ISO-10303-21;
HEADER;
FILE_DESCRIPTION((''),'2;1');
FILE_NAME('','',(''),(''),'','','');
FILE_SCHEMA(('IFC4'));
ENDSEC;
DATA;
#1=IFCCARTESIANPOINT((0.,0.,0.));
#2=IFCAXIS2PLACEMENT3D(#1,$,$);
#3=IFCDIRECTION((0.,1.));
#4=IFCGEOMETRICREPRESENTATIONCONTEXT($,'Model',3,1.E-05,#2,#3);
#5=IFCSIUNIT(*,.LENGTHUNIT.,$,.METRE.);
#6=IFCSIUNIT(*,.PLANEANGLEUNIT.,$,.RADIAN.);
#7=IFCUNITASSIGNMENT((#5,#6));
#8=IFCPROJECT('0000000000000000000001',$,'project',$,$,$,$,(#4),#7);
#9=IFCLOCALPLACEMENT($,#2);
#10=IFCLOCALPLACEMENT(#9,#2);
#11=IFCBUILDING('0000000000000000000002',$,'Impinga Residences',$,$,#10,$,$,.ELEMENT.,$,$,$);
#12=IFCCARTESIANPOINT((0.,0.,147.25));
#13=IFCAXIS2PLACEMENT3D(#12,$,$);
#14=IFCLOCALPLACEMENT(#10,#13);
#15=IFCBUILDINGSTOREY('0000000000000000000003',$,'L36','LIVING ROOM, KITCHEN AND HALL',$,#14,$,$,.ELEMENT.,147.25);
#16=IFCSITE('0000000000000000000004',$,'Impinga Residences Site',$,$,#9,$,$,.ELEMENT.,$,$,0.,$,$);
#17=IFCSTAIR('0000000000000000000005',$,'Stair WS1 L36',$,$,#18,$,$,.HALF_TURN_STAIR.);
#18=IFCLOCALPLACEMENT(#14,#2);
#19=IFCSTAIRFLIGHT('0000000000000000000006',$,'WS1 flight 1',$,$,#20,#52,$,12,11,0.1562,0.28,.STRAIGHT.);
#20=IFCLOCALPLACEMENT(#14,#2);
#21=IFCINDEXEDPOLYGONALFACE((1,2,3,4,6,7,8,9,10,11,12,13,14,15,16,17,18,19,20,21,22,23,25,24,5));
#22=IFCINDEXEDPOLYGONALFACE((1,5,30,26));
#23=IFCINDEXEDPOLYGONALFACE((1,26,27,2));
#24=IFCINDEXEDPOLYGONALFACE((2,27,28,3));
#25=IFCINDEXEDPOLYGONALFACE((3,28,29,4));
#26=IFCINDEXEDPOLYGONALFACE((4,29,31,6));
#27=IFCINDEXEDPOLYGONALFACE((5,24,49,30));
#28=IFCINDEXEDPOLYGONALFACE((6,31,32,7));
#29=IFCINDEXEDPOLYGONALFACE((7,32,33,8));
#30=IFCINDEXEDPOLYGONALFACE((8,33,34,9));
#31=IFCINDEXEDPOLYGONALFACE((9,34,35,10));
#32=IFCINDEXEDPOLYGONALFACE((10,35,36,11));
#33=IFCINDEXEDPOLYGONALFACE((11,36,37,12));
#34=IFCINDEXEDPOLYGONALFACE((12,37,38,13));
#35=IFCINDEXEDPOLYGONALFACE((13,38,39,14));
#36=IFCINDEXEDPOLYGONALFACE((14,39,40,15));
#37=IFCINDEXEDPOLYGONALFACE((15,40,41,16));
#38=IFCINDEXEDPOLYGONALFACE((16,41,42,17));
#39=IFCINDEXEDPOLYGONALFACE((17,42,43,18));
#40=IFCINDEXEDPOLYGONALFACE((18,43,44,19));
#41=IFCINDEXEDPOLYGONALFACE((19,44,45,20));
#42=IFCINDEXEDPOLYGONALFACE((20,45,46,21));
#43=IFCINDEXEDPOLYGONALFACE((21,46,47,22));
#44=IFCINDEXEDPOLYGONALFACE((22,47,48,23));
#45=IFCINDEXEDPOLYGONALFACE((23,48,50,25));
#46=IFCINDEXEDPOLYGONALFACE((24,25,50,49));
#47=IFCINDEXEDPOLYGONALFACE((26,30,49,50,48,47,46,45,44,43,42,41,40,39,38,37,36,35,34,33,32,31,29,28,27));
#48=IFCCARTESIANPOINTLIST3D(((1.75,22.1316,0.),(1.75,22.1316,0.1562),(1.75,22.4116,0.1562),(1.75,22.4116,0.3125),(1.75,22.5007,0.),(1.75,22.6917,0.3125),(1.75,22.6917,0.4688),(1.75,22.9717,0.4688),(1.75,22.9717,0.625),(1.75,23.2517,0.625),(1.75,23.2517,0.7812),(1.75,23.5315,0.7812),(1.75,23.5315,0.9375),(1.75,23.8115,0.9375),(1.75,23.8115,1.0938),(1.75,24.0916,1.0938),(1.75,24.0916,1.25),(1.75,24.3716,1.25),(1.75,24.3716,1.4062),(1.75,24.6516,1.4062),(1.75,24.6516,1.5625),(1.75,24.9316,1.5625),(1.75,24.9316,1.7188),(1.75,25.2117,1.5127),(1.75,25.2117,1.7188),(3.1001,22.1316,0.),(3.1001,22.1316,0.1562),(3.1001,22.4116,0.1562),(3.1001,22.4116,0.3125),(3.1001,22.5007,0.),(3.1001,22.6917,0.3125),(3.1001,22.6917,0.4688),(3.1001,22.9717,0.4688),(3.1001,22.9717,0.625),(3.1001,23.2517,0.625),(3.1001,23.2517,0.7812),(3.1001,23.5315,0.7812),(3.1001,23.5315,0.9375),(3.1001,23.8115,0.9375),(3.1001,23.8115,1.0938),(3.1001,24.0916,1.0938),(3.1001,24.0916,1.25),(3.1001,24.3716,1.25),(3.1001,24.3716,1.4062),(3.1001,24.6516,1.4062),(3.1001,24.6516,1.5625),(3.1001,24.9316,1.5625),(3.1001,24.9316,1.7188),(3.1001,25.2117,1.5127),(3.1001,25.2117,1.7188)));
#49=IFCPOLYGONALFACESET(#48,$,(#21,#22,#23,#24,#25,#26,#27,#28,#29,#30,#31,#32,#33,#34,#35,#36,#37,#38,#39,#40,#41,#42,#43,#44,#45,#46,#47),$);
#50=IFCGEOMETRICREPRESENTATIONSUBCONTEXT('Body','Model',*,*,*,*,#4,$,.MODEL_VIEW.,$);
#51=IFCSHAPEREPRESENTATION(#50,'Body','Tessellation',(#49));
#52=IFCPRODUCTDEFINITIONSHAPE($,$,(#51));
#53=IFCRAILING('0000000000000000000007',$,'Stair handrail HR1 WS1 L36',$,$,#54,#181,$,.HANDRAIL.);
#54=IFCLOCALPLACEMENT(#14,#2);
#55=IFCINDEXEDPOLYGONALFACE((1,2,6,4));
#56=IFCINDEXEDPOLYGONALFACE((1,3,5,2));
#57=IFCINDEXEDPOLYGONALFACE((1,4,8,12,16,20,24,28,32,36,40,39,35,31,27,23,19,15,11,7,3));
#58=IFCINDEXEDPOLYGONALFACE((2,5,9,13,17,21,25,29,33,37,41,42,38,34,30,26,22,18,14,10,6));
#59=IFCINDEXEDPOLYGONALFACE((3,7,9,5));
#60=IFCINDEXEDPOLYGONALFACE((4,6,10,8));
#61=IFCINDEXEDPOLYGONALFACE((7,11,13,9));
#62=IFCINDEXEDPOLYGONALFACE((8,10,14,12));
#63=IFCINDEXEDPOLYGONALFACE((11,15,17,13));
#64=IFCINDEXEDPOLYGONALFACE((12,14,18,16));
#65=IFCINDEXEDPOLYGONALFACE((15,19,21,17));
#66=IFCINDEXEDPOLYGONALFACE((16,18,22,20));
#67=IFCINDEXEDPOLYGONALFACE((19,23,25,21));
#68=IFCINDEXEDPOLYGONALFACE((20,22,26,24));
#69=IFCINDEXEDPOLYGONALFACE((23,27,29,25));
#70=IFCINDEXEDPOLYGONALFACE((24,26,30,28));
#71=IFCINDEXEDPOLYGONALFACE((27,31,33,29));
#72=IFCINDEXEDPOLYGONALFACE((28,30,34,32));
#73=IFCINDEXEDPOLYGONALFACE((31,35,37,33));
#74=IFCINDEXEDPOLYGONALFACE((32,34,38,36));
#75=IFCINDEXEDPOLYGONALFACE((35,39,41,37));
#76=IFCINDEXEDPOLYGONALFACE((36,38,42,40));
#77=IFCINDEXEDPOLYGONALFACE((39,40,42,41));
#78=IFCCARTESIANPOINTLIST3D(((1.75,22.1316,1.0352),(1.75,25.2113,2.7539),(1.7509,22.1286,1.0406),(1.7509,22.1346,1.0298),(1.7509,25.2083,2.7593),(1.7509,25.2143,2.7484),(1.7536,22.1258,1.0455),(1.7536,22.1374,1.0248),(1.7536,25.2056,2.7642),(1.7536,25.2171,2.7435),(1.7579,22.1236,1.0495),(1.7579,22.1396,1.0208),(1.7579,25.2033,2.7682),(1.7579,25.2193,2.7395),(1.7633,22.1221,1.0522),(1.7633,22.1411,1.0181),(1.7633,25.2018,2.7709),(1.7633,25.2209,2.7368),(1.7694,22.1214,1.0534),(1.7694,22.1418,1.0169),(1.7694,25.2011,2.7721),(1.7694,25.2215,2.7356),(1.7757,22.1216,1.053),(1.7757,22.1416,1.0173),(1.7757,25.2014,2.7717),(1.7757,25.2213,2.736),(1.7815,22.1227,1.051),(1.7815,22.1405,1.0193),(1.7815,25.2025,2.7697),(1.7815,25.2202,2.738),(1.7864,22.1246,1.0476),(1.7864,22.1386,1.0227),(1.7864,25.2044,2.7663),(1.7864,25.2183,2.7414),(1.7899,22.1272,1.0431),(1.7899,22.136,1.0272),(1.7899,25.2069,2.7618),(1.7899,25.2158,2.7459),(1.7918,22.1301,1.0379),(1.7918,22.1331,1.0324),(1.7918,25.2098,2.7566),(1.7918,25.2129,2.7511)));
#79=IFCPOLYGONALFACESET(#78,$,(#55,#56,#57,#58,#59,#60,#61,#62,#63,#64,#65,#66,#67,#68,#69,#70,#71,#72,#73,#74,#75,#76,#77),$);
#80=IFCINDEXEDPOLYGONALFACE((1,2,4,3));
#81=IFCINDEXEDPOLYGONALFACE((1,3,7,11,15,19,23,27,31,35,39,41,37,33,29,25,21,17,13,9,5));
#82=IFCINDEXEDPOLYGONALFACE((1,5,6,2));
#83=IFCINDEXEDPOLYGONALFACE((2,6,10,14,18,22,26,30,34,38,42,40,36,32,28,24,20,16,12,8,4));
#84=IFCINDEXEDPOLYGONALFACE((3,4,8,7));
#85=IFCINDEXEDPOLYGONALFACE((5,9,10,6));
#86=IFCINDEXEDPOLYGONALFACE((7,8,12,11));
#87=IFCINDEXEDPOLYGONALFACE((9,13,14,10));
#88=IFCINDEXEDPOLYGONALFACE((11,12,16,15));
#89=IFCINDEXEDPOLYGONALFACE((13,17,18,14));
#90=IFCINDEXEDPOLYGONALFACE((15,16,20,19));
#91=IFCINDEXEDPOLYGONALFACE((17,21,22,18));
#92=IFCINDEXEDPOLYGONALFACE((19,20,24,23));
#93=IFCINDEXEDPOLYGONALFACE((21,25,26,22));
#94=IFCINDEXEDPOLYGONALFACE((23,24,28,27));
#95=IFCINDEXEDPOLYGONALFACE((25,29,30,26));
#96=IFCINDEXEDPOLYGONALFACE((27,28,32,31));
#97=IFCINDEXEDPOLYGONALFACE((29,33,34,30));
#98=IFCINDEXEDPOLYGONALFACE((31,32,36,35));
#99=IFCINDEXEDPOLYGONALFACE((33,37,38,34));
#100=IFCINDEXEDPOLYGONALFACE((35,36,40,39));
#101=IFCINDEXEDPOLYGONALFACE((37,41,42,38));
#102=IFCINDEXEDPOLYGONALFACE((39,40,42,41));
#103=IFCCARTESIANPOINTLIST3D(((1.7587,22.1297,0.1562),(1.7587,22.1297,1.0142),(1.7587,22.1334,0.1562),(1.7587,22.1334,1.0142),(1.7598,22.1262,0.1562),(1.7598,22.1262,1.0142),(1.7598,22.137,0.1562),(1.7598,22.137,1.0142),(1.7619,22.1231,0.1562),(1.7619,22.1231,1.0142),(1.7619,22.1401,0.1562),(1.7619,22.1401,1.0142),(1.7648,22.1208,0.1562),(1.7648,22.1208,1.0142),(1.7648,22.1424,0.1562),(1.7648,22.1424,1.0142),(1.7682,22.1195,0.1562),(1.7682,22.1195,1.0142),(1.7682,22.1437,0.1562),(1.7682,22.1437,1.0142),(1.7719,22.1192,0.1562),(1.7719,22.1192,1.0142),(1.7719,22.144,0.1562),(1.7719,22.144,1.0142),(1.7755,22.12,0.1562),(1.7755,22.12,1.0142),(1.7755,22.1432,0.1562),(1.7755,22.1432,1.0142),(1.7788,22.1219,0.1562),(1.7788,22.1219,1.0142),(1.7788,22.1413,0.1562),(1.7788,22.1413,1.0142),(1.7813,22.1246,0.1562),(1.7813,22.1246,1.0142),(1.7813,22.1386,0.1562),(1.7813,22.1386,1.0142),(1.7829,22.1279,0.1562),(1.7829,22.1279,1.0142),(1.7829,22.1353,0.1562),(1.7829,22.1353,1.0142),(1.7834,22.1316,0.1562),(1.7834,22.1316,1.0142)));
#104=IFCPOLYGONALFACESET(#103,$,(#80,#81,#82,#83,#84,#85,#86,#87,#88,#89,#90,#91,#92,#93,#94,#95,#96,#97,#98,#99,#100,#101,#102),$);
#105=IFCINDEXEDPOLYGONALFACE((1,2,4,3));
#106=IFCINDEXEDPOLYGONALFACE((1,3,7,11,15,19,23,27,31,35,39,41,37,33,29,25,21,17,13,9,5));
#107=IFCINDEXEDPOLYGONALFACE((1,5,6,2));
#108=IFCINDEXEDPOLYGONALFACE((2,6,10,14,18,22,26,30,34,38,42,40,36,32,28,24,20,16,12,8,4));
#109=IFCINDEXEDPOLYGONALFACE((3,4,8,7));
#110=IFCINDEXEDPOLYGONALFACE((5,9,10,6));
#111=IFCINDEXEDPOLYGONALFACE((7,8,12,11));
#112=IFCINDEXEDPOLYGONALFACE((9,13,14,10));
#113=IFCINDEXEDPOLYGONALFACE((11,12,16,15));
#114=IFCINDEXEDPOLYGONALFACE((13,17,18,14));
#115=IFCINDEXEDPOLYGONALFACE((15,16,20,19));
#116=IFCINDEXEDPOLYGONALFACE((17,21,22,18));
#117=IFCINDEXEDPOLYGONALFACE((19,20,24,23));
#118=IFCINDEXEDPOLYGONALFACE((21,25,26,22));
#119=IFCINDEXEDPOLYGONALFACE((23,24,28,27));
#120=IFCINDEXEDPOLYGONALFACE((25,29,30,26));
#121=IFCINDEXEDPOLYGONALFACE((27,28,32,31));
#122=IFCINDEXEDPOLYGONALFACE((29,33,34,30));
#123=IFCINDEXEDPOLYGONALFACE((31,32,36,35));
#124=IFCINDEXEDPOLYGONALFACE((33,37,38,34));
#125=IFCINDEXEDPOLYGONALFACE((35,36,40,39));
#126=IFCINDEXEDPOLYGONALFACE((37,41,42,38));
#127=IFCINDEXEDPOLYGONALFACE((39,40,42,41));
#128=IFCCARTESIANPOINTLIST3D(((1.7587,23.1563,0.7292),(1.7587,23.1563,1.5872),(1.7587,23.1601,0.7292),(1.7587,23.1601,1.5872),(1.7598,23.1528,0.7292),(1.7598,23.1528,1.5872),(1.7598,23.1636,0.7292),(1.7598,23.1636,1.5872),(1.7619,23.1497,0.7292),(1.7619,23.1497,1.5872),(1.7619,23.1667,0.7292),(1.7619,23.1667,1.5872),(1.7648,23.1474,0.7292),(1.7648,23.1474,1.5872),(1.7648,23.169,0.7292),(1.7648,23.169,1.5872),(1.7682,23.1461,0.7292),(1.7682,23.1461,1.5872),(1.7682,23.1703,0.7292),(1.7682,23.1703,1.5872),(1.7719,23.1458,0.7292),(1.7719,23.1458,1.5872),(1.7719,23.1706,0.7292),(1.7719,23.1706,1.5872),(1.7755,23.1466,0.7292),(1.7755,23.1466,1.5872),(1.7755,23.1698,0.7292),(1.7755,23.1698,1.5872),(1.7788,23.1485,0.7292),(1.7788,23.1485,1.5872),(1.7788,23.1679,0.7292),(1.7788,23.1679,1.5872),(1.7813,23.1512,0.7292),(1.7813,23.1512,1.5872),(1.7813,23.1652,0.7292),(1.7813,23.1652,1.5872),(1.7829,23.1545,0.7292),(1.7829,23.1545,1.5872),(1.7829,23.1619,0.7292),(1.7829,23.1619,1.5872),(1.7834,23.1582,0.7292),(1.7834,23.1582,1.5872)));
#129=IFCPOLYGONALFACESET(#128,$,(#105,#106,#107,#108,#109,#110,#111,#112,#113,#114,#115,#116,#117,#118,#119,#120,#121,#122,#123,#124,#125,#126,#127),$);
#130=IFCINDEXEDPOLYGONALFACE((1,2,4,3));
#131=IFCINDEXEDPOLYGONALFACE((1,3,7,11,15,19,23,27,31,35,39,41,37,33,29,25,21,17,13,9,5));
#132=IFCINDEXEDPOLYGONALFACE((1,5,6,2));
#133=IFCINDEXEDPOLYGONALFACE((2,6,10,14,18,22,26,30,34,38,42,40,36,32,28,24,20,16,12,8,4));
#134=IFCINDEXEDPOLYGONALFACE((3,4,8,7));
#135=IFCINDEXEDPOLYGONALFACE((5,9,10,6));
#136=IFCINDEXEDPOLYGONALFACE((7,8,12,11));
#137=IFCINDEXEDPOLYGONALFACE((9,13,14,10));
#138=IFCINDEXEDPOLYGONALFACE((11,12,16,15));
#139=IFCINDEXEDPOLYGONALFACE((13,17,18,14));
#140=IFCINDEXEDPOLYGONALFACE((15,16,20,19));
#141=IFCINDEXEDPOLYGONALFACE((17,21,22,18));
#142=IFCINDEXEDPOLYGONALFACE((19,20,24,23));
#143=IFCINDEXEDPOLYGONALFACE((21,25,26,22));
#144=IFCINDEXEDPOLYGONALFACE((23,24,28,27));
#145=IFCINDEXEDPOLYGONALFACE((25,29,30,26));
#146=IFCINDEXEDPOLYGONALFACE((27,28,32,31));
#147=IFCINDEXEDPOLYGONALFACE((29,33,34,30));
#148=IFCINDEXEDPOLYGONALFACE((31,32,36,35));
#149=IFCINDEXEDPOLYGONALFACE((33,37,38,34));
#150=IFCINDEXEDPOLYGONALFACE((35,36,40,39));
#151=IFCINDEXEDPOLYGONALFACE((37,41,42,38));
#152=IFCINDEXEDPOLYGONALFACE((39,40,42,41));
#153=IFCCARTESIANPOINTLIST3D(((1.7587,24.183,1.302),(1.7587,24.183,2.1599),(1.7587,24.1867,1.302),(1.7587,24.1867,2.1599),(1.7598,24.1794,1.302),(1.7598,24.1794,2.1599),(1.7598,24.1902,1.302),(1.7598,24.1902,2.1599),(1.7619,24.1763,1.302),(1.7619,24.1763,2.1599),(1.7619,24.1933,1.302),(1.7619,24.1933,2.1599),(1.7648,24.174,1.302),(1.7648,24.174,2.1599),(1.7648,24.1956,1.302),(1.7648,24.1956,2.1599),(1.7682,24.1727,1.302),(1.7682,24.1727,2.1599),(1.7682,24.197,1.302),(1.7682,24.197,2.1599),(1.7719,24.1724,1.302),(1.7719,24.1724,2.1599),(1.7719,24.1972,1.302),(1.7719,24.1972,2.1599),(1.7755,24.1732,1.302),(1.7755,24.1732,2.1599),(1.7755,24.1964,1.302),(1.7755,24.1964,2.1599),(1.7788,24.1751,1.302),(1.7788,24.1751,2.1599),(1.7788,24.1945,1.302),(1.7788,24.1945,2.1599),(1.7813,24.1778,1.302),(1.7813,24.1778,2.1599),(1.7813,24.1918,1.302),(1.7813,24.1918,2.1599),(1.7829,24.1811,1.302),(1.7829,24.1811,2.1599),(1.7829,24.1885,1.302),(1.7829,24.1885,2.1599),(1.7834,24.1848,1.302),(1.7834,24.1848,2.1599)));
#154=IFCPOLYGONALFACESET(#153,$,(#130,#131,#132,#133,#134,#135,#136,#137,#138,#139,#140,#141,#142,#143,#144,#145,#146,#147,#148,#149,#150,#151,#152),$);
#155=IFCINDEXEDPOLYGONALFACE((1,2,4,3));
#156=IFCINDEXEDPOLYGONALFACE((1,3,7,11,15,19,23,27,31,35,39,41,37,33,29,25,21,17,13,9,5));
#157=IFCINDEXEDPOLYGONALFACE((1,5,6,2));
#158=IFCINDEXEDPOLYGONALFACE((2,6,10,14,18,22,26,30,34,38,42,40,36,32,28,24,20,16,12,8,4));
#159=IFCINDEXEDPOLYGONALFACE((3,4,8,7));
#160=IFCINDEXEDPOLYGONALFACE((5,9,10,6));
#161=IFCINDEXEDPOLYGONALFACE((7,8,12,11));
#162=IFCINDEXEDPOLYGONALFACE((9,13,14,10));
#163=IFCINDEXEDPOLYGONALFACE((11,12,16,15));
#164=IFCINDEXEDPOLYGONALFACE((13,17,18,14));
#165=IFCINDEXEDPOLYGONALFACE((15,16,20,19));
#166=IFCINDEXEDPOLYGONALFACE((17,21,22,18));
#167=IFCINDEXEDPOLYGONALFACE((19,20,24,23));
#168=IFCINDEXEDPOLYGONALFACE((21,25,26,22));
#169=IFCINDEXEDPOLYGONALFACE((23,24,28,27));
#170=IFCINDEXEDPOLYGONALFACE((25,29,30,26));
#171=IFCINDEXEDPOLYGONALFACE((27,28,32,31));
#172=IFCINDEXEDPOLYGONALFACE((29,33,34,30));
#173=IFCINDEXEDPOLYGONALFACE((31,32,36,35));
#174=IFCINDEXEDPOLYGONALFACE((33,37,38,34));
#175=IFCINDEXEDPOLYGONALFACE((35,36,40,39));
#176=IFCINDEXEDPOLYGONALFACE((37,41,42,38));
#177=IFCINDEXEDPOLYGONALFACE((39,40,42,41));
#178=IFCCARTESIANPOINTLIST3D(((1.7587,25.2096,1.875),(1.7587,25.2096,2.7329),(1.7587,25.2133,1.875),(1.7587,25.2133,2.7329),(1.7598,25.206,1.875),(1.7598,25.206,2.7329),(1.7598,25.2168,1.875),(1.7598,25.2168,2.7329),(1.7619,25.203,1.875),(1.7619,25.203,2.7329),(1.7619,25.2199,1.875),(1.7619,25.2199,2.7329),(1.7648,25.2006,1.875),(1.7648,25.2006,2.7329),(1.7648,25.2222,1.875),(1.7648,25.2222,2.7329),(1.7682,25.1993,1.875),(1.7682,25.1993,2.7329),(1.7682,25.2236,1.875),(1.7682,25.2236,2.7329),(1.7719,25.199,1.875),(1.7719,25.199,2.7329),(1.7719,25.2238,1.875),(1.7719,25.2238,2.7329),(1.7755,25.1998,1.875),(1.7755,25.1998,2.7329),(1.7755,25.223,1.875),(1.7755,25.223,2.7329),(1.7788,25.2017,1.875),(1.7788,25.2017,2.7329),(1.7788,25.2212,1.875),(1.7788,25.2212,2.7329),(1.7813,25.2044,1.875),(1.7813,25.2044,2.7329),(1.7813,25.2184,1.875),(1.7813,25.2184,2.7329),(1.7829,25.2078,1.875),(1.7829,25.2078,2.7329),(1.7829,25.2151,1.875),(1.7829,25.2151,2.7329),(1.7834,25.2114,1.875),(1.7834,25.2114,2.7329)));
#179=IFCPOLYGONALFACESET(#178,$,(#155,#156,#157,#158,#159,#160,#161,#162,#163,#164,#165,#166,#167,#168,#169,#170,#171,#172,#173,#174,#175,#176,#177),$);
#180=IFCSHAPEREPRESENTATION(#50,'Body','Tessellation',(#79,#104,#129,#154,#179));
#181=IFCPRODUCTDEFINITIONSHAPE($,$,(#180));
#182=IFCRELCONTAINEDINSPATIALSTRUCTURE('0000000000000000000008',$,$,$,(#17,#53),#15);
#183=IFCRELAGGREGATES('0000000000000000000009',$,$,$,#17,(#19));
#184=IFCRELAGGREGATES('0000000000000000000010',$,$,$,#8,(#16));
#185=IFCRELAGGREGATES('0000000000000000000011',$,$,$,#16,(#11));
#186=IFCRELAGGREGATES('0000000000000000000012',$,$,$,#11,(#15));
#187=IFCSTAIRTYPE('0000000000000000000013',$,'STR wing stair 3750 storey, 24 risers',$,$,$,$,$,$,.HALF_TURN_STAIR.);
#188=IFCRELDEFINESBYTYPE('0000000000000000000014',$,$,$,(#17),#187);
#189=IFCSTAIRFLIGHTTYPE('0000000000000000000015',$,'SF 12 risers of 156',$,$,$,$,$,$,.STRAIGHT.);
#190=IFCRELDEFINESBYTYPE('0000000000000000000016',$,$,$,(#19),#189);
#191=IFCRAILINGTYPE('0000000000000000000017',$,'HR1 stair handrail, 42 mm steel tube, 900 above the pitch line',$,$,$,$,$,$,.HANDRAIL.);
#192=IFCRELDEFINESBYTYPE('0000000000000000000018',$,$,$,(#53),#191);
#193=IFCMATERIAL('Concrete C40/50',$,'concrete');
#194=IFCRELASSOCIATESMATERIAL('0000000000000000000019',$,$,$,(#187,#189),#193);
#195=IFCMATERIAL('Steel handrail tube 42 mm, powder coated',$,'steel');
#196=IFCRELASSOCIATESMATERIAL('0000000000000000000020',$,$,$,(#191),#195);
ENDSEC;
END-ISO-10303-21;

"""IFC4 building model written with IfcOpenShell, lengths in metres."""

from ifc_helpers import new_model, si_unit, direction, frame, origin, origin_2d, place, context, subcontext, project, spatial, polyline, circle, outline, extrude, material, type_object, element, aggregate, save


model = new_model("IFC4")

# Units and contexts
model_context = context("Model", 3, precision=1e-05, world=origin(), true_north=direction((0.0, 1.0)))
body_context = subcontext(model_context, "Body", "Model", "MODEL_VIEW")
ifc_project = project(units=[si_unit("LENGTHUNIT", "METRE"), si_unit("PLANEANGLEUNIT", "RADIAN")], contexts=[model_context])

# Site, building, storey
site_placement = place(None, origin())
site = spatial("IfcSite", under=ifc_project, at=site_placement, Name="Impinga Residences Site", CompositionType="ELEMENT", RefElevation=0.0)
building_placement = place(site_placement, origin())
building = spatial("IfcBuilding", under=site, at=building_placement, Name="Impinga Residences", CompositionType="ELEMENT")
storey_placement = place(building_placement, frame((0.0, 0.0, 147.25)))
storey = spatial("IfcBuildingStorey", under=building, at=storey_placement, Name="L36", Description="LIVING ROOM, KITCHEN AND HALL", CompositionType="ELEMENT", Elevation=147.25)

# Stair, stair flight
ifc_material_1 = material(Name="Concrete C40/50", Category="concrete")
stair_type = type_object("IfcStairType", Name="STR wing stair 3750 storey, 24 risers", PredefinedType="HALF_TURN_STAIR", material=ifc_material_1)
stair_placement = place(storey_placement, origin())
stair = element("IfcStair", 1, at=stair_placement, inside=storey, type_object=stair_type, Name="Stair WS1 L36", PredefinedType="HALF_TURN_STAIR")
stair_flight_type = type_object("IfcStairFlightType", Name="SF 12 risers of 156", PredefinedType="STRAIGHT", material=ifc_material_1)
stair_flight_placement = place(storey_placement, frame((2.425, 22.1316, 0.0), z_axis=(0.0, 0.0, 1.0), x_axis=(0.0, 1.0, 0.0)))
stair_flight = element("IfcStairFlight", 2, at=stair_flight_placement, type_object=stair_flight_type, Name="WS1 flight 1", NumberOfRisers=12, NumberOfTreads=11, PredefinedType="STRAIGHT", RiserHeight=0.1562, TreadLength=0.28, context=body_context, shape_type="SweptSolid", body=[
    extrude(outline(polyline([(0.0, 0.0), (0.0, 0.1562), (0.28, 0.1562), (0.28, 0.3125), (0.5601, 0.3125), (0.5601, 0.4688), (0.8401, 0.4688), (0.8401, 0.625), (1.1201, 0.625), (1.1201, 0.7812), (1.3999, 0.7812), (1.3999, 0.9375), (1.6799, 0.9375), (1.6799, 1.0938), (1.96, 1.0938), (1.96, 1.25), (2.24, 1.25), (2.24, 1.4062), (2.52, 1.4062), (2.52, 1.5625), (2.8, 1.5625), (2.8, 1.7188), (3.0801, 1.7188), (3.0801, 1.875), (3.0801, 1.5127), (0.3691, 0.0), (0.0, 0.0)])), frame((0.0, 0.675, 0.0), z_axis=(0.0, -1.0, 0.0), x_axis=(1.0, 0.0, 0.0)), (0.0, 0.0, 1.0), 1.3501),
])
aggregate(stair, [stair_flight])

# Railing
ifc_material_2 = material(Name="Steel handrail tube 42 mm, powder coated", Category="steel")
railing_type = type_object("IfcRailingType", Name="HR1 stair handrail, 42 mm steel tube, 900 above the pitch line", PredefinedType="HANDRAIL", material=ifc_material_2)
railing_placement = place(storey_placement, frame((1.771, 22.1316, 0.1562)))
element("IfcRailing", 3, at=railing_placement, inside=storey, type_object=railing_type, Name="Stair handrail HR1 WS1 L36", PredefinedType="HANDRAIL", context=body_context, shape_type="SweptSolid", body=[
    extrude(circle(Radius=0.021, at=origin_2d()), frame((0.0, 0.0, 0.8789), z_axis=(0.0, 0.873225, 0.487317), x_axis=(-1.0, 0.0, 0.0)), (0.0, 0.0, 1.0), 3.5269),
    extrude(circle(Radius=0.0125, at=origin_2d()), origin(), (0.0, 0.0, 1.0), 0.8579),
    extrude(circle(Radius=0.0125, at=origin_2d()), frame((0.0, 1.0266, 0.573)), (0.0, 0.0, 1.0), 0.8579),
    extrude(circle(Radius=0.0125, at=origin_2d()), frame((0.0, 2.0532, 1.1458)), (0.0, 0.0, 1.0), 0.8579),
    extrude(circle(Radius=0.0125, at=origin_2d()), frame((0.0, 3.0798, 1.7188)), (0.0, 0.0, 1.0), 0.8579),
])

save(model, "model.ifc")
